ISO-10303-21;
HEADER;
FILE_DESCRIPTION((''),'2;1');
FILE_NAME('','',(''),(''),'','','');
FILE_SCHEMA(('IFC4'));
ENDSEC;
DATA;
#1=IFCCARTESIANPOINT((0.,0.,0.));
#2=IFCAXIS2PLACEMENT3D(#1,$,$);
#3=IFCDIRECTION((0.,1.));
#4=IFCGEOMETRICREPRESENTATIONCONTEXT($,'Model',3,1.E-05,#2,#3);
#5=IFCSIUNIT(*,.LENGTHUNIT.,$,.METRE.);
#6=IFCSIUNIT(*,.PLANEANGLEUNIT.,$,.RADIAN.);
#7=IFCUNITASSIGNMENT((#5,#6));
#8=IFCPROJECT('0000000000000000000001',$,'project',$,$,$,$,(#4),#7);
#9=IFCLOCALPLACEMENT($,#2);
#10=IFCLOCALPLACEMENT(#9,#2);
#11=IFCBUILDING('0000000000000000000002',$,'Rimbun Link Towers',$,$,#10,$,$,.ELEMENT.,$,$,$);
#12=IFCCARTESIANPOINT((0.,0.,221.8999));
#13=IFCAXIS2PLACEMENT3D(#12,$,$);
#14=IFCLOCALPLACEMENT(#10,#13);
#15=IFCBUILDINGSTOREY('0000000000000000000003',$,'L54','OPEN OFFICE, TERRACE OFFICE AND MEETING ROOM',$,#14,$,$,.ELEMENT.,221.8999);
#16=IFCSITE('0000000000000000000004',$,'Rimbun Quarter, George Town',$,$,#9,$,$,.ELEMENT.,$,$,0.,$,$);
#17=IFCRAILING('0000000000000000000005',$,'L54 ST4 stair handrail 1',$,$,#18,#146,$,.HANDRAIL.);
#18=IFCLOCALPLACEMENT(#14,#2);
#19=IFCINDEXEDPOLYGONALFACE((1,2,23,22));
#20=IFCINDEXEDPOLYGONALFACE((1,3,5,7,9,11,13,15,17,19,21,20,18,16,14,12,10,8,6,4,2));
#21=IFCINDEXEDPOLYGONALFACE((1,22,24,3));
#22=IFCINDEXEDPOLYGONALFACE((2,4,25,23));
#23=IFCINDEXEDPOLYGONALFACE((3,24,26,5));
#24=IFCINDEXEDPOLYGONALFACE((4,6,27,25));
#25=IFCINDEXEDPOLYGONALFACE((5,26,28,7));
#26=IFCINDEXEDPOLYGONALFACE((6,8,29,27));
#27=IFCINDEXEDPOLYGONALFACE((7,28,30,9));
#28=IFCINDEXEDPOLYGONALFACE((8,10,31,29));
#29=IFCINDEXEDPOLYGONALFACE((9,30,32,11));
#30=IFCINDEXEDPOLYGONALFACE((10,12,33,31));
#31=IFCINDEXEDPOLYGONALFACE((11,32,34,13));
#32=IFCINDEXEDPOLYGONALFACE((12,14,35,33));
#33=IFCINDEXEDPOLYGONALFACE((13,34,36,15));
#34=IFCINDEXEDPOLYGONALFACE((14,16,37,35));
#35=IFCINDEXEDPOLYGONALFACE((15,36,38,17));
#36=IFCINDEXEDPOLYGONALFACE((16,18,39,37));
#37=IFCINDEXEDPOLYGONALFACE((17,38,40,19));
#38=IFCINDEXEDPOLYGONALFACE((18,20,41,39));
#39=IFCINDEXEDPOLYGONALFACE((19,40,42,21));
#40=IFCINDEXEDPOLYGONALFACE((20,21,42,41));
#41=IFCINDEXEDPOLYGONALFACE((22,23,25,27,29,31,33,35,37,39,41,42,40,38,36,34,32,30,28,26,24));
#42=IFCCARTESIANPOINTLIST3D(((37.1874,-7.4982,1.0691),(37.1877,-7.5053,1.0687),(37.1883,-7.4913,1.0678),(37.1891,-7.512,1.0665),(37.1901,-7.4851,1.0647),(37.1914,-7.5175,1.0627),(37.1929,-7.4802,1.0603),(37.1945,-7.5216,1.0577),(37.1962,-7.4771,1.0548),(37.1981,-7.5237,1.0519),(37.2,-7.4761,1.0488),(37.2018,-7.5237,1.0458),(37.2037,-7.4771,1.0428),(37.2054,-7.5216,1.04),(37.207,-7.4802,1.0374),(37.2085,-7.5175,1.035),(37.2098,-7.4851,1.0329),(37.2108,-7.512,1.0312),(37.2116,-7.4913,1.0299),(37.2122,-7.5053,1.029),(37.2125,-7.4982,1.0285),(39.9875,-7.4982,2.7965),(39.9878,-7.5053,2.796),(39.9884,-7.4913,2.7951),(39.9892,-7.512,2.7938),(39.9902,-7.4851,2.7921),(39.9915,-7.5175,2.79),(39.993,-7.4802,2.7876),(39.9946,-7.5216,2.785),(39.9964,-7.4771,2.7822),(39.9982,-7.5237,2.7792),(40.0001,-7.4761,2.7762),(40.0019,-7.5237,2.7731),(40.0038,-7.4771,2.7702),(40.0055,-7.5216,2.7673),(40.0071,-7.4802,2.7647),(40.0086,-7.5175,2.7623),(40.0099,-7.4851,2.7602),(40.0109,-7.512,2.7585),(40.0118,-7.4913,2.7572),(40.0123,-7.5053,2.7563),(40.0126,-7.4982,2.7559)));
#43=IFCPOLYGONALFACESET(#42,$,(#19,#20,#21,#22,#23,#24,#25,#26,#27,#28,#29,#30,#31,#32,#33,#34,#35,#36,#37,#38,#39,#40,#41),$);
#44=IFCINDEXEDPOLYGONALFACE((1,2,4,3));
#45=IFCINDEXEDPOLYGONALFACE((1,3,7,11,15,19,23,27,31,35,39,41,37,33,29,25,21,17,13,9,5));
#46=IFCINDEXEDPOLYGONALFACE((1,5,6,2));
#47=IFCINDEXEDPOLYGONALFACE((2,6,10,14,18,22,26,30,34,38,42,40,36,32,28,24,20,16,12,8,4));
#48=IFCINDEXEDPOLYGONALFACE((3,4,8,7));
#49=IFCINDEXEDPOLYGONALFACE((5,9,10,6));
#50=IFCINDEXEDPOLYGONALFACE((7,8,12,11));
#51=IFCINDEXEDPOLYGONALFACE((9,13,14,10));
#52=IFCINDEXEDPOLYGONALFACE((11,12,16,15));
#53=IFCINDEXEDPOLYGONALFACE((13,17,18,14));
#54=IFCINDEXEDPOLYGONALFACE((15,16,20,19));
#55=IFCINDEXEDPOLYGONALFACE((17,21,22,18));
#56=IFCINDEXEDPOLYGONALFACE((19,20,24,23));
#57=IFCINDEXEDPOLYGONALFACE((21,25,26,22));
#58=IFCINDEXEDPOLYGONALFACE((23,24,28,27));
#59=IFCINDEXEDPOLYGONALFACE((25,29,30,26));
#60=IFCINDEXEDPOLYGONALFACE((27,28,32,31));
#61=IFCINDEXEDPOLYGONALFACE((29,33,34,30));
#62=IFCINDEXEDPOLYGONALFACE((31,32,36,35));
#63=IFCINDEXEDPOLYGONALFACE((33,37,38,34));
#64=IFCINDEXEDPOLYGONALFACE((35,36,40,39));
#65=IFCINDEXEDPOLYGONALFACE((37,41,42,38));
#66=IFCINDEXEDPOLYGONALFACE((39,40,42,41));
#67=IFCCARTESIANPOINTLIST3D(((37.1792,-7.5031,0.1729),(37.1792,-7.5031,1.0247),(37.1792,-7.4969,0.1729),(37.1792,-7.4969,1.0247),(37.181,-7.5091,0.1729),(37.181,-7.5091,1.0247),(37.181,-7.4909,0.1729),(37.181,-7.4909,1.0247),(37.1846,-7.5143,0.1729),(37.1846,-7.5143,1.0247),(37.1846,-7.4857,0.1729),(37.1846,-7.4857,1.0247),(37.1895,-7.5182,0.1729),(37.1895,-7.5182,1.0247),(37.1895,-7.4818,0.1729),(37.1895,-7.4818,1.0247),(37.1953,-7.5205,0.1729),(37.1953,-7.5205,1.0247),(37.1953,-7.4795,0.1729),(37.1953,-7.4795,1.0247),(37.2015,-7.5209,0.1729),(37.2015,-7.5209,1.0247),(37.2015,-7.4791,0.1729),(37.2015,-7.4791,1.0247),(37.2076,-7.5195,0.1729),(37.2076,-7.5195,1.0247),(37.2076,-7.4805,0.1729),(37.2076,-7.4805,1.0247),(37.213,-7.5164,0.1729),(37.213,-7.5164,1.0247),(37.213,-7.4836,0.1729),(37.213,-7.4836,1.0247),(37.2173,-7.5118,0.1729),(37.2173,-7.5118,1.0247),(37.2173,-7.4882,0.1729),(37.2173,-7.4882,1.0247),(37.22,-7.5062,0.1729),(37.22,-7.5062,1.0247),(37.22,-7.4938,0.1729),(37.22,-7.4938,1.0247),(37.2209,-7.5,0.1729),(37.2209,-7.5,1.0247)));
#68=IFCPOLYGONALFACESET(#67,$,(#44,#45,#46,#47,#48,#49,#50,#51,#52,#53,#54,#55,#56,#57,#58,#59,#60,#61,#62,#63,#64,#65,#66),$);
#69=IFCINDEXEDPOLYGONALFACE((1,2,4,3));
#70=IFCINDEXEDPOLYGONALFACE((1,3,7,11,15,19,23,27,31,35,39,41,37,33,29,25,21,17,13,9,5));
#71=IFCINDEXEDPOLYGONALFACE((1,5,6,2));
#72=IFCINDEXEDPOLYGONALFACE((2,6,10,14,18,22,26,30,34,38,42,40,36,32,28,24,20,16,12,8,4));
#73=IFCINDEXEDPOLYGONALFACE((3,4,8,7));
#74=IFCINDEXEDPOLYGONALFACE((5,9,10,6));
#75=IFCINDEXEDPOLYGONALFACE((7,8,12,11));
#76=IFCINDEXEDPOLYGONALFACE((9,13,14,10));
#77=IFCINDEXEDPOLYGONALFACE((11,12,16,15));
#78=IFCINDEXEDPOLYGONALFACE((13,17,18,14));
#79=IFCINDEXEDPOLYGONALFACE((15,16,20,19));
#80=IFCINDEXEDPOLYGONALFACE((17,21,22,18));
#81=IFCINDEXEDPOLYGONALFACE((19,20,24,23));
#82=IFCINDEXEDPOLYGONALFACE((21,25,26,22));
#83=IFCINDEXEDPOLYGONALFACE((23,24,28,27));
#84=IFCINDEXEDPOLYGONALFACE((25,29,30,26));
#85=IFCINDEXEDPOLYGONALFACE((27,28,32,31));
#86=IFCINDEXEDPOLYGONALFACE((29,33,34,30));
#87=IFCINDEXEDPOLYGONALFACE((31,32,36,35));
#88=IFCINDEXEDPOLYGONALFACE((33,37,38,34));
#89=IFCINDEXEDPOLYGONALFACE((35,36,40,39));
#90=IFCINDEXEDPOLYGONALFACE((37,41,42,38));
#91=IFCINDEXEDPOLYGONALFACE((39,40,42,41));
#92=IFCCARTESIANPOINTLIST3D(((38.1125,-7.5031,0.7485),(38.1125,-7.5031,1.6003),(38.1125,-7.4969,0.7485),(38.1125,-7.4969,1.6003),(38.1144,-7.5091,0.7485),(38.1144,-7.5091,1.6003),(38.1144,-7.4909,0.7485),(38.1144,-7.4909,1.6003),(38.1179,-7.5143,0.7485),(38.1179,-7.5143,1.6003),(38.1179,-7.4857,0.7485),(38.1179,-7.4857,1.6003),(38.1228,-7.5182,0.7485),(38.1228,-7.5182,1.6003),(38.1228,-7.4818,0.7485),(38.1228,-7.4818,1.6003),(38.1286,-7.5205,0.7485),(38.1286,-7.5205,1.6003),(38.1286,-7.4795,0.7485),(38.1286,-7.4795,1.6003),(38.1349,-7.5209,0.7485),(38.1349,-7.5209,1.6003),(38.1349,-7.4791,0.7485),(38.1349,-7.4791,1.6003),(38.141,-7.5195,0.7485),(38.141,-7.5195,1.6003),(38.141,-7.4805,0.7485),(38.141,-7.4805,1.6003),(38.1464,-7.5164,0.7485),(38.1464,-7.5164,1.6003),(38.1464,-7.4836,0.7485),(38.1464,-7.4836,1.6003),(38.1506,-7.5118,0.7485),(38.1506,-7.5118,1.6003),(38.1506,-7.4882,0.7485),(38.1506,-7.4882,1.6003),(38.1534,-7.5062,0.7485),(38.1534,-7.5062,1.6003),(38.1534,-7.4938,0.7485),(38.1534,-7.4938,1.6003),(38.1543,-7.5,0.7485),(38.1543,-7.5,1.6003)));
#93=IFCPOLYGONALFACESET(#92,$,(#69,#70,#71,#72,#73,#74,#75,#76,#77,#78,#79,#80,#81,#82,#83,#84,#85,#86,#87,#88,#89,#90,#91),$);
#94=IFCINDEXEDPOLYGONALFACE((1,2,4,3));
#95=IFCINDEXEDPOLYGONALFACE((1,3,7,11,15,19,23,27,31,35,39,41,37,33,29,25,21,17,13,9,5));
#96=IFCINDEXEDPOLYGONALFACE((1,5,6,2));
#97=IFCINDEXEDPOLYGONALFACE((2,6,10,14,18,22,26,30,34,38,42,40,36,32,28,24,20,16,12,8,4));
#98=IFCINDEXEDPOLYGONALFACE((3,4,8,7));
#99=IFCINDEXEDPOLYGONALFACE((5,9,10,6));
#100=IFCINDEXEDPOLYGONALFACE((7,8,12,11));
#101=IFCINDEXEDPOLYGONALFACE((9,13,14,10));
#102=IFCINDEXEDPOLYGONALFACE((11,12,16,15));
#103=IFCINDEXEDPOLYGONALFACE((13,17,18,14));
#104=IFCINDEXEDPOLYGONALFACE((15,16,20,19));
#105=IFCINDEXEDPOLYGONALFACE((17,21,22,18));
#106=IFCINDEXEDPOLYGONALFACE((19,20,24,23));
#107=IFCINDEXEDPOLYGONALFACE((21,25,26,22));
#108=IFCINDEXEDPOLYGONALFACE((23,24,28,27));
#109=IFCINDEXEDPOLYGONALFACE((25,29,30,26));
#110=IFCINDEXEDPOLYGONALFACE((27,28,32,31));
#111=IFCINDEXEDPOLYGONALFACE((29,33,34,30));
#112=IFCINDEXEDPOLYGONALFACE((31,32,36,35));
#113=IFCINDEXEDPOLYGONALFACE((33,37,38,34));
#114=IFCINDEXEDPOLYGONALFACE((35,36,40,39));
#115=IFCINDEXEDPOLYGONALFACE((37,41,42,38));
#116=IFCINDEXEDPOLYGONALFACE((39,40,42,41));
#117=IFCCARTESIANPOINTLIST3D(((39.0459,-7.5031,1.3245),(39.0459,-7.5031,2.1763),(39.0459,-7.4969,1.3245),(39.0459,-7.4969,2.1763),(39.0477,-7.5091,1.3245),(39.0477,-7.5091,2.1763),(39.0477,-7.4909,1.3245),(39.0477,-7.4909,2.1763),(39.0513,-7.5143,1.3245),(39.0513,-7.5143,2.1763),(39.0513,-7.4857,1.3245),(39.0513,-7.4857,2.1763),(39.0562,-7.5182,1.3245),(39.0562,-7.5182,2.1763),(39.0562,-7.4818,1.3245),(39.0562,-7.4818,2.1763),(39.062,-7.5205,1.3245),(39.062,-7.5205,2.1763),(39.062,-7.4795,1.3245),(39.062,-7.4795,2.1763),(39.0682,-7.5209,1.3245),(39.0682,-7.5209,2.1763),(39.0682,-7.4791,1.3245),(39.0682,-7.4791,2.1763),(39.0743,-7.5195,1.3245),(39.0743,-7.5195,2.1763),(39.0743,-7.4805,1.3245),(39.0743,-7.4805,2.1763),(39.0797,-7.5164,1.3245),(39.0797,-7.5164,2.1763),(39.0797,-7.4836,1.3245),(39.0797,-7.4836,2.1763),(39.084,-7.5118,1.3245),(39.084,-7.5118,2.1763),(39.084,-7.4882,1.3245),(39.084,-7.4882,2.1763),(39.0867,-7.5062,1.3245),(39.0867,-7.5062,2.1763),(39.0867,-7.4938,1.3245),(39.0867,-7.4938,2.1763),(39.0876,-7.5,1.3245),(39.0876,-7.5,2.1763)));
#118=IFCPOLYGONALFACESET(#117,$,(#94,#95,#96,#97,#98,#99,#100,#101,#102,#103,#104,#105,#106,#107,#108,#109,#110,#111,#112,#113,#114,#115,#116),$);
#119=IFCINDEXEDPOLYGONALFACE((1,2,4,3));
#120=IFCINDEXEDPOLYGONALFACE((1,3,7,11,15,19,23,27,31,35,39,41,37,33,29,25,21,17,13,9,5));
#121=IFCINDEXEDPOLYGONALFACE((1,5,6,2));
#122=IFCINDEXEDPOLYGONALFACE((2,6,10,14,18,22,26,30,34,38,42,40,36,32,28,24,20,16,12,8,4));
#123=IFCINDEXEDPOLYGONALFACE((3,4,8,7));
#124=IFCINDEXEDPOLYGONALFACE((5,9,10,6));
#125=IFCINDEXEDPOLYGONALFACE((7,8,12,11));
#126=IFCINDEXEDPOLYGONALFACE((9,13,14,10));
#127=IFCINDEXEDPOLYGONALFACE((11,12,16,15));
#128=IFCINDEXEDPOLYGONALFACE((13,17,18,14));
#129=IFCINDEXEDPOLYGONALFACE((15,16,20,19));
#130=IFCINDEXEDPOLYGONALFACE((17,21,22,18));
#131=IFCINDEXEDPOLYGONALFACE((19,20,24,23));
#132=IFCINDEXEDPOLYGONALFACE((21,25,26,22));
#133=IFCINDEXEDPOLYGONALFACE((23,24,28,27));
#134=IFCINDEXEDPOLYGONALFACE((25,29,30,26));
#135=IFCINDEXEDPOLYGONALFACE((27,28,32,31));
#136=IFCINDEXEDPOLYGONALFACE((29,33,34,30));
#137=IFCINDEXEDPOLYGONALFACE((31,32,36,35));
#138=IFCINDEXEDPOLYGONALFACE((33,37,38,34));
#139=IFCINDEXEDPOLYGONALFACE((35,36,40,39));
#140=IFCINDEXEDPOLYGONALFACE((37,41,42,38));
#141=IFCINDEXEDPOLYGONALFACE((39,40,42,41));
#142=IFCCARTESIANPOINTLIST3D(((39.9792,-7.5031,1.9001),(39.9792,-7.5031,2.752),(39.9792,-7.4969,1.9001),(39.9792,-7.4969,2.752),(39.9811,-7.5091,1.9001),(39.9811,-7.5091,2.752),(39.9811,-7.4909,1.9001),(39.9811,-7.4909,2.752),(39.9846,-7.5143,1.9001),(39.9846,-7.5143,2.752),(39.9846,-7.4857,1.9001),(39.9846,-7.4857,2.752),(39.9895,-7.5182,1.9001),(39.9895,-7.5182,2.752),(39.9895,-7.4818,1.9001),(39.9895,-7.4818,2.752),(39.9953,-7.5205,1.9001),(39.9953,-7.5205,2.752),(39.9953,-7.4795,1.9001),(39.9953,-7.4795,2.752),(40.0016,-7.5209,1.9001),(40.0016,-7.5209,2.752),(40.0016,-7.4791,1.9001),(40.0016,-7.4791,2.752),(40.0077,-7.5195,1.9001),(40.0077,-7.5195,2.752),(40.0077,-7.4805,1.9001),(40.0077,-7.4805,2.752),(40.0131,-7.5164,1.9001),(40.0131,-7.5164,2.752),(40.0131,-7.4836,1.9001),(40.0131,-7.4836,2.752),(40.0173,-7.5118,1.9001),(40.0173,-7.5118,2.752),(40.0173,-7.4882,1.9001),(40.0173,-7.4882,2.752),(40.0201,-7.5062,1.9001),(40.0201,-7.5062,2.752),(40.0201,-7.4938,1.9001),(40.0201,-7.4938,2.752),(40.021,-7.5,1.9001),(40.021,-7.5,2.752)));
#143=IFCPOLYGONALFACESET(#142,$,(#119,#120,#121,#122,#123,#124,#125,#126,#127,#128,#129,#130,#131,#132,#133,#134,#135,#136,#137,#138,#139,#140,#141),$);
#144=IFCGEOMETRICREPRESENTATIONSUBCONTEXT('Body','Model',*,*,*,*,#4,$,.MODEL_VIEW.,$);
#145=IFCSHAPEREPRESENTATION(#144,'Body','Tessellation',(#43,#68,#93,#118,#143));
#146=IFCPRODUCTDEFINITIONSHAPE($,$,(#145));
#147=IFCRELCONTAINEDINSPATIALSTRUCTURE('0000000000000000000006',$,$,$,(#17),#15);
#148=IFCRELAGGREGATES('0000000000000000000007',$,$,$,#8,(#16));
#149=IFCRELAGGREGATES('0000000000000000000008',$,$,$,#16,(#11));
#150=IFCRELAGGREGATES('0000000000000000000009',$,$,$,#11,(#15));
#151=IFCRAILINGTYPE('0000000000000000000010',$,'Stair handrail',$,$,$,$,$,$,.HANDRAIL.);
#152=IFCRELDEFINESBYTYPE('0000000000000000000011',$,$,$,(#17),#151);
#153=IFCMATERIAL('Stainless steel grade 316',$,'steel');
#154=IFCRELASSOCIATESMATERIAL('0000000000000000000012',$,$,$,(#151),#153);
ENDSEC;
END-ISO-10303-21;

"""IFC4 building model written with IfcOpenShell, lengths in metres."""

from ifc_helpers import new_model, si_unit, direction, frame, origin, origin_2d, place, context, subcontext, project, spatial, circle, extrude, material, type_object, element, save


model = new_model("IFC4")

# Units and contexts
model_context = context("Model", 3, precision=1e-05, world=origin(), true_north=direction((0.0, 1.0)))
body_context = subcontext(model_context, "Body", "Model", "MODEL_VIEW")
ifc_project = project(units=[si_unit("LENGTHUNIT", "METRE"), si_unit("PLANEANGLEUNIT", "RADIAN")], contexts=[model_context])

# Site, building, storey
site_placement = place(None, origin())
site = spatial("IfcSite", under=ifc_project, at=site_placement, Name="Rimbun Quarter, George Town", CompositionType="ELEMENT", RefElevation=0.0)
building_placement = place(site_placement, origin())
building = spatial("IfcBuilding", under=site, at=building_placement, Name="Rimbun Link Towers", CompositionType="ELEMENT")
storey_placement = place(building_placement, frame((0.0, 0.0, 221.8999)))
storey = spatial("IfcBuildingStorey", under=building, at=storey_placement, Name="L54", Description="OPEN OFFICE, TERRACE OFFICE AND MEETING ROOM", CompositionType="ELEMENT", Elevation=221.8999)

# Railing
ifc_material_1 = material(Name="Stainless steel grade 316", Category="steel")
railing_type = type_object("IfcRailingType", Name="Stair handrail", PredefinedType="HANDRAIL", material=ifc_material_1)
railing_placement = place(storey_placement, frame((37.2, -7.5, 0.1729)))
element("IfcRailing", 1, at=railing_placement, inside=storey, type_object=railing_type, Name="L54 ST4 stair handrail 1", PredefinedType="HANDRAIL", context=body_context, shape_type="SweptSolid", body=[
    extrude(circle(Radius=0.0239, at=origin_2d()), frame((0.0, 0.0, 0.876), z_axis=(0.85109, 0.0, 0.52502), x_axis=(0.0, 1.0, 0.0)), (0.0, 0.0, 1.0), 3.29),
    extrude(circle(Radius=0.021, at=origin_2d()), origin(), (0.0, 0.0, 1.0), 0.8518),
    extrude(circle(Radius=0.021, at=origin_2d()), frame((0.9333, 0.0, 0.5757)), (0.0, 0.0, 1.0), 0.8518),
    extrude(circle(Radius=0.021, at=origin_2d()), frame((1.8667, 0.0, 1.1516)), (0.0, 0.0, 1.0), 0.8518),
    extrude(circle(Radius=0.021, at=origin_2d()), frame((2.8, 0.0, 1.7273)), (0.0, 0.0, 1.0), 0.8518),
])

save(model, "model.ifc")
